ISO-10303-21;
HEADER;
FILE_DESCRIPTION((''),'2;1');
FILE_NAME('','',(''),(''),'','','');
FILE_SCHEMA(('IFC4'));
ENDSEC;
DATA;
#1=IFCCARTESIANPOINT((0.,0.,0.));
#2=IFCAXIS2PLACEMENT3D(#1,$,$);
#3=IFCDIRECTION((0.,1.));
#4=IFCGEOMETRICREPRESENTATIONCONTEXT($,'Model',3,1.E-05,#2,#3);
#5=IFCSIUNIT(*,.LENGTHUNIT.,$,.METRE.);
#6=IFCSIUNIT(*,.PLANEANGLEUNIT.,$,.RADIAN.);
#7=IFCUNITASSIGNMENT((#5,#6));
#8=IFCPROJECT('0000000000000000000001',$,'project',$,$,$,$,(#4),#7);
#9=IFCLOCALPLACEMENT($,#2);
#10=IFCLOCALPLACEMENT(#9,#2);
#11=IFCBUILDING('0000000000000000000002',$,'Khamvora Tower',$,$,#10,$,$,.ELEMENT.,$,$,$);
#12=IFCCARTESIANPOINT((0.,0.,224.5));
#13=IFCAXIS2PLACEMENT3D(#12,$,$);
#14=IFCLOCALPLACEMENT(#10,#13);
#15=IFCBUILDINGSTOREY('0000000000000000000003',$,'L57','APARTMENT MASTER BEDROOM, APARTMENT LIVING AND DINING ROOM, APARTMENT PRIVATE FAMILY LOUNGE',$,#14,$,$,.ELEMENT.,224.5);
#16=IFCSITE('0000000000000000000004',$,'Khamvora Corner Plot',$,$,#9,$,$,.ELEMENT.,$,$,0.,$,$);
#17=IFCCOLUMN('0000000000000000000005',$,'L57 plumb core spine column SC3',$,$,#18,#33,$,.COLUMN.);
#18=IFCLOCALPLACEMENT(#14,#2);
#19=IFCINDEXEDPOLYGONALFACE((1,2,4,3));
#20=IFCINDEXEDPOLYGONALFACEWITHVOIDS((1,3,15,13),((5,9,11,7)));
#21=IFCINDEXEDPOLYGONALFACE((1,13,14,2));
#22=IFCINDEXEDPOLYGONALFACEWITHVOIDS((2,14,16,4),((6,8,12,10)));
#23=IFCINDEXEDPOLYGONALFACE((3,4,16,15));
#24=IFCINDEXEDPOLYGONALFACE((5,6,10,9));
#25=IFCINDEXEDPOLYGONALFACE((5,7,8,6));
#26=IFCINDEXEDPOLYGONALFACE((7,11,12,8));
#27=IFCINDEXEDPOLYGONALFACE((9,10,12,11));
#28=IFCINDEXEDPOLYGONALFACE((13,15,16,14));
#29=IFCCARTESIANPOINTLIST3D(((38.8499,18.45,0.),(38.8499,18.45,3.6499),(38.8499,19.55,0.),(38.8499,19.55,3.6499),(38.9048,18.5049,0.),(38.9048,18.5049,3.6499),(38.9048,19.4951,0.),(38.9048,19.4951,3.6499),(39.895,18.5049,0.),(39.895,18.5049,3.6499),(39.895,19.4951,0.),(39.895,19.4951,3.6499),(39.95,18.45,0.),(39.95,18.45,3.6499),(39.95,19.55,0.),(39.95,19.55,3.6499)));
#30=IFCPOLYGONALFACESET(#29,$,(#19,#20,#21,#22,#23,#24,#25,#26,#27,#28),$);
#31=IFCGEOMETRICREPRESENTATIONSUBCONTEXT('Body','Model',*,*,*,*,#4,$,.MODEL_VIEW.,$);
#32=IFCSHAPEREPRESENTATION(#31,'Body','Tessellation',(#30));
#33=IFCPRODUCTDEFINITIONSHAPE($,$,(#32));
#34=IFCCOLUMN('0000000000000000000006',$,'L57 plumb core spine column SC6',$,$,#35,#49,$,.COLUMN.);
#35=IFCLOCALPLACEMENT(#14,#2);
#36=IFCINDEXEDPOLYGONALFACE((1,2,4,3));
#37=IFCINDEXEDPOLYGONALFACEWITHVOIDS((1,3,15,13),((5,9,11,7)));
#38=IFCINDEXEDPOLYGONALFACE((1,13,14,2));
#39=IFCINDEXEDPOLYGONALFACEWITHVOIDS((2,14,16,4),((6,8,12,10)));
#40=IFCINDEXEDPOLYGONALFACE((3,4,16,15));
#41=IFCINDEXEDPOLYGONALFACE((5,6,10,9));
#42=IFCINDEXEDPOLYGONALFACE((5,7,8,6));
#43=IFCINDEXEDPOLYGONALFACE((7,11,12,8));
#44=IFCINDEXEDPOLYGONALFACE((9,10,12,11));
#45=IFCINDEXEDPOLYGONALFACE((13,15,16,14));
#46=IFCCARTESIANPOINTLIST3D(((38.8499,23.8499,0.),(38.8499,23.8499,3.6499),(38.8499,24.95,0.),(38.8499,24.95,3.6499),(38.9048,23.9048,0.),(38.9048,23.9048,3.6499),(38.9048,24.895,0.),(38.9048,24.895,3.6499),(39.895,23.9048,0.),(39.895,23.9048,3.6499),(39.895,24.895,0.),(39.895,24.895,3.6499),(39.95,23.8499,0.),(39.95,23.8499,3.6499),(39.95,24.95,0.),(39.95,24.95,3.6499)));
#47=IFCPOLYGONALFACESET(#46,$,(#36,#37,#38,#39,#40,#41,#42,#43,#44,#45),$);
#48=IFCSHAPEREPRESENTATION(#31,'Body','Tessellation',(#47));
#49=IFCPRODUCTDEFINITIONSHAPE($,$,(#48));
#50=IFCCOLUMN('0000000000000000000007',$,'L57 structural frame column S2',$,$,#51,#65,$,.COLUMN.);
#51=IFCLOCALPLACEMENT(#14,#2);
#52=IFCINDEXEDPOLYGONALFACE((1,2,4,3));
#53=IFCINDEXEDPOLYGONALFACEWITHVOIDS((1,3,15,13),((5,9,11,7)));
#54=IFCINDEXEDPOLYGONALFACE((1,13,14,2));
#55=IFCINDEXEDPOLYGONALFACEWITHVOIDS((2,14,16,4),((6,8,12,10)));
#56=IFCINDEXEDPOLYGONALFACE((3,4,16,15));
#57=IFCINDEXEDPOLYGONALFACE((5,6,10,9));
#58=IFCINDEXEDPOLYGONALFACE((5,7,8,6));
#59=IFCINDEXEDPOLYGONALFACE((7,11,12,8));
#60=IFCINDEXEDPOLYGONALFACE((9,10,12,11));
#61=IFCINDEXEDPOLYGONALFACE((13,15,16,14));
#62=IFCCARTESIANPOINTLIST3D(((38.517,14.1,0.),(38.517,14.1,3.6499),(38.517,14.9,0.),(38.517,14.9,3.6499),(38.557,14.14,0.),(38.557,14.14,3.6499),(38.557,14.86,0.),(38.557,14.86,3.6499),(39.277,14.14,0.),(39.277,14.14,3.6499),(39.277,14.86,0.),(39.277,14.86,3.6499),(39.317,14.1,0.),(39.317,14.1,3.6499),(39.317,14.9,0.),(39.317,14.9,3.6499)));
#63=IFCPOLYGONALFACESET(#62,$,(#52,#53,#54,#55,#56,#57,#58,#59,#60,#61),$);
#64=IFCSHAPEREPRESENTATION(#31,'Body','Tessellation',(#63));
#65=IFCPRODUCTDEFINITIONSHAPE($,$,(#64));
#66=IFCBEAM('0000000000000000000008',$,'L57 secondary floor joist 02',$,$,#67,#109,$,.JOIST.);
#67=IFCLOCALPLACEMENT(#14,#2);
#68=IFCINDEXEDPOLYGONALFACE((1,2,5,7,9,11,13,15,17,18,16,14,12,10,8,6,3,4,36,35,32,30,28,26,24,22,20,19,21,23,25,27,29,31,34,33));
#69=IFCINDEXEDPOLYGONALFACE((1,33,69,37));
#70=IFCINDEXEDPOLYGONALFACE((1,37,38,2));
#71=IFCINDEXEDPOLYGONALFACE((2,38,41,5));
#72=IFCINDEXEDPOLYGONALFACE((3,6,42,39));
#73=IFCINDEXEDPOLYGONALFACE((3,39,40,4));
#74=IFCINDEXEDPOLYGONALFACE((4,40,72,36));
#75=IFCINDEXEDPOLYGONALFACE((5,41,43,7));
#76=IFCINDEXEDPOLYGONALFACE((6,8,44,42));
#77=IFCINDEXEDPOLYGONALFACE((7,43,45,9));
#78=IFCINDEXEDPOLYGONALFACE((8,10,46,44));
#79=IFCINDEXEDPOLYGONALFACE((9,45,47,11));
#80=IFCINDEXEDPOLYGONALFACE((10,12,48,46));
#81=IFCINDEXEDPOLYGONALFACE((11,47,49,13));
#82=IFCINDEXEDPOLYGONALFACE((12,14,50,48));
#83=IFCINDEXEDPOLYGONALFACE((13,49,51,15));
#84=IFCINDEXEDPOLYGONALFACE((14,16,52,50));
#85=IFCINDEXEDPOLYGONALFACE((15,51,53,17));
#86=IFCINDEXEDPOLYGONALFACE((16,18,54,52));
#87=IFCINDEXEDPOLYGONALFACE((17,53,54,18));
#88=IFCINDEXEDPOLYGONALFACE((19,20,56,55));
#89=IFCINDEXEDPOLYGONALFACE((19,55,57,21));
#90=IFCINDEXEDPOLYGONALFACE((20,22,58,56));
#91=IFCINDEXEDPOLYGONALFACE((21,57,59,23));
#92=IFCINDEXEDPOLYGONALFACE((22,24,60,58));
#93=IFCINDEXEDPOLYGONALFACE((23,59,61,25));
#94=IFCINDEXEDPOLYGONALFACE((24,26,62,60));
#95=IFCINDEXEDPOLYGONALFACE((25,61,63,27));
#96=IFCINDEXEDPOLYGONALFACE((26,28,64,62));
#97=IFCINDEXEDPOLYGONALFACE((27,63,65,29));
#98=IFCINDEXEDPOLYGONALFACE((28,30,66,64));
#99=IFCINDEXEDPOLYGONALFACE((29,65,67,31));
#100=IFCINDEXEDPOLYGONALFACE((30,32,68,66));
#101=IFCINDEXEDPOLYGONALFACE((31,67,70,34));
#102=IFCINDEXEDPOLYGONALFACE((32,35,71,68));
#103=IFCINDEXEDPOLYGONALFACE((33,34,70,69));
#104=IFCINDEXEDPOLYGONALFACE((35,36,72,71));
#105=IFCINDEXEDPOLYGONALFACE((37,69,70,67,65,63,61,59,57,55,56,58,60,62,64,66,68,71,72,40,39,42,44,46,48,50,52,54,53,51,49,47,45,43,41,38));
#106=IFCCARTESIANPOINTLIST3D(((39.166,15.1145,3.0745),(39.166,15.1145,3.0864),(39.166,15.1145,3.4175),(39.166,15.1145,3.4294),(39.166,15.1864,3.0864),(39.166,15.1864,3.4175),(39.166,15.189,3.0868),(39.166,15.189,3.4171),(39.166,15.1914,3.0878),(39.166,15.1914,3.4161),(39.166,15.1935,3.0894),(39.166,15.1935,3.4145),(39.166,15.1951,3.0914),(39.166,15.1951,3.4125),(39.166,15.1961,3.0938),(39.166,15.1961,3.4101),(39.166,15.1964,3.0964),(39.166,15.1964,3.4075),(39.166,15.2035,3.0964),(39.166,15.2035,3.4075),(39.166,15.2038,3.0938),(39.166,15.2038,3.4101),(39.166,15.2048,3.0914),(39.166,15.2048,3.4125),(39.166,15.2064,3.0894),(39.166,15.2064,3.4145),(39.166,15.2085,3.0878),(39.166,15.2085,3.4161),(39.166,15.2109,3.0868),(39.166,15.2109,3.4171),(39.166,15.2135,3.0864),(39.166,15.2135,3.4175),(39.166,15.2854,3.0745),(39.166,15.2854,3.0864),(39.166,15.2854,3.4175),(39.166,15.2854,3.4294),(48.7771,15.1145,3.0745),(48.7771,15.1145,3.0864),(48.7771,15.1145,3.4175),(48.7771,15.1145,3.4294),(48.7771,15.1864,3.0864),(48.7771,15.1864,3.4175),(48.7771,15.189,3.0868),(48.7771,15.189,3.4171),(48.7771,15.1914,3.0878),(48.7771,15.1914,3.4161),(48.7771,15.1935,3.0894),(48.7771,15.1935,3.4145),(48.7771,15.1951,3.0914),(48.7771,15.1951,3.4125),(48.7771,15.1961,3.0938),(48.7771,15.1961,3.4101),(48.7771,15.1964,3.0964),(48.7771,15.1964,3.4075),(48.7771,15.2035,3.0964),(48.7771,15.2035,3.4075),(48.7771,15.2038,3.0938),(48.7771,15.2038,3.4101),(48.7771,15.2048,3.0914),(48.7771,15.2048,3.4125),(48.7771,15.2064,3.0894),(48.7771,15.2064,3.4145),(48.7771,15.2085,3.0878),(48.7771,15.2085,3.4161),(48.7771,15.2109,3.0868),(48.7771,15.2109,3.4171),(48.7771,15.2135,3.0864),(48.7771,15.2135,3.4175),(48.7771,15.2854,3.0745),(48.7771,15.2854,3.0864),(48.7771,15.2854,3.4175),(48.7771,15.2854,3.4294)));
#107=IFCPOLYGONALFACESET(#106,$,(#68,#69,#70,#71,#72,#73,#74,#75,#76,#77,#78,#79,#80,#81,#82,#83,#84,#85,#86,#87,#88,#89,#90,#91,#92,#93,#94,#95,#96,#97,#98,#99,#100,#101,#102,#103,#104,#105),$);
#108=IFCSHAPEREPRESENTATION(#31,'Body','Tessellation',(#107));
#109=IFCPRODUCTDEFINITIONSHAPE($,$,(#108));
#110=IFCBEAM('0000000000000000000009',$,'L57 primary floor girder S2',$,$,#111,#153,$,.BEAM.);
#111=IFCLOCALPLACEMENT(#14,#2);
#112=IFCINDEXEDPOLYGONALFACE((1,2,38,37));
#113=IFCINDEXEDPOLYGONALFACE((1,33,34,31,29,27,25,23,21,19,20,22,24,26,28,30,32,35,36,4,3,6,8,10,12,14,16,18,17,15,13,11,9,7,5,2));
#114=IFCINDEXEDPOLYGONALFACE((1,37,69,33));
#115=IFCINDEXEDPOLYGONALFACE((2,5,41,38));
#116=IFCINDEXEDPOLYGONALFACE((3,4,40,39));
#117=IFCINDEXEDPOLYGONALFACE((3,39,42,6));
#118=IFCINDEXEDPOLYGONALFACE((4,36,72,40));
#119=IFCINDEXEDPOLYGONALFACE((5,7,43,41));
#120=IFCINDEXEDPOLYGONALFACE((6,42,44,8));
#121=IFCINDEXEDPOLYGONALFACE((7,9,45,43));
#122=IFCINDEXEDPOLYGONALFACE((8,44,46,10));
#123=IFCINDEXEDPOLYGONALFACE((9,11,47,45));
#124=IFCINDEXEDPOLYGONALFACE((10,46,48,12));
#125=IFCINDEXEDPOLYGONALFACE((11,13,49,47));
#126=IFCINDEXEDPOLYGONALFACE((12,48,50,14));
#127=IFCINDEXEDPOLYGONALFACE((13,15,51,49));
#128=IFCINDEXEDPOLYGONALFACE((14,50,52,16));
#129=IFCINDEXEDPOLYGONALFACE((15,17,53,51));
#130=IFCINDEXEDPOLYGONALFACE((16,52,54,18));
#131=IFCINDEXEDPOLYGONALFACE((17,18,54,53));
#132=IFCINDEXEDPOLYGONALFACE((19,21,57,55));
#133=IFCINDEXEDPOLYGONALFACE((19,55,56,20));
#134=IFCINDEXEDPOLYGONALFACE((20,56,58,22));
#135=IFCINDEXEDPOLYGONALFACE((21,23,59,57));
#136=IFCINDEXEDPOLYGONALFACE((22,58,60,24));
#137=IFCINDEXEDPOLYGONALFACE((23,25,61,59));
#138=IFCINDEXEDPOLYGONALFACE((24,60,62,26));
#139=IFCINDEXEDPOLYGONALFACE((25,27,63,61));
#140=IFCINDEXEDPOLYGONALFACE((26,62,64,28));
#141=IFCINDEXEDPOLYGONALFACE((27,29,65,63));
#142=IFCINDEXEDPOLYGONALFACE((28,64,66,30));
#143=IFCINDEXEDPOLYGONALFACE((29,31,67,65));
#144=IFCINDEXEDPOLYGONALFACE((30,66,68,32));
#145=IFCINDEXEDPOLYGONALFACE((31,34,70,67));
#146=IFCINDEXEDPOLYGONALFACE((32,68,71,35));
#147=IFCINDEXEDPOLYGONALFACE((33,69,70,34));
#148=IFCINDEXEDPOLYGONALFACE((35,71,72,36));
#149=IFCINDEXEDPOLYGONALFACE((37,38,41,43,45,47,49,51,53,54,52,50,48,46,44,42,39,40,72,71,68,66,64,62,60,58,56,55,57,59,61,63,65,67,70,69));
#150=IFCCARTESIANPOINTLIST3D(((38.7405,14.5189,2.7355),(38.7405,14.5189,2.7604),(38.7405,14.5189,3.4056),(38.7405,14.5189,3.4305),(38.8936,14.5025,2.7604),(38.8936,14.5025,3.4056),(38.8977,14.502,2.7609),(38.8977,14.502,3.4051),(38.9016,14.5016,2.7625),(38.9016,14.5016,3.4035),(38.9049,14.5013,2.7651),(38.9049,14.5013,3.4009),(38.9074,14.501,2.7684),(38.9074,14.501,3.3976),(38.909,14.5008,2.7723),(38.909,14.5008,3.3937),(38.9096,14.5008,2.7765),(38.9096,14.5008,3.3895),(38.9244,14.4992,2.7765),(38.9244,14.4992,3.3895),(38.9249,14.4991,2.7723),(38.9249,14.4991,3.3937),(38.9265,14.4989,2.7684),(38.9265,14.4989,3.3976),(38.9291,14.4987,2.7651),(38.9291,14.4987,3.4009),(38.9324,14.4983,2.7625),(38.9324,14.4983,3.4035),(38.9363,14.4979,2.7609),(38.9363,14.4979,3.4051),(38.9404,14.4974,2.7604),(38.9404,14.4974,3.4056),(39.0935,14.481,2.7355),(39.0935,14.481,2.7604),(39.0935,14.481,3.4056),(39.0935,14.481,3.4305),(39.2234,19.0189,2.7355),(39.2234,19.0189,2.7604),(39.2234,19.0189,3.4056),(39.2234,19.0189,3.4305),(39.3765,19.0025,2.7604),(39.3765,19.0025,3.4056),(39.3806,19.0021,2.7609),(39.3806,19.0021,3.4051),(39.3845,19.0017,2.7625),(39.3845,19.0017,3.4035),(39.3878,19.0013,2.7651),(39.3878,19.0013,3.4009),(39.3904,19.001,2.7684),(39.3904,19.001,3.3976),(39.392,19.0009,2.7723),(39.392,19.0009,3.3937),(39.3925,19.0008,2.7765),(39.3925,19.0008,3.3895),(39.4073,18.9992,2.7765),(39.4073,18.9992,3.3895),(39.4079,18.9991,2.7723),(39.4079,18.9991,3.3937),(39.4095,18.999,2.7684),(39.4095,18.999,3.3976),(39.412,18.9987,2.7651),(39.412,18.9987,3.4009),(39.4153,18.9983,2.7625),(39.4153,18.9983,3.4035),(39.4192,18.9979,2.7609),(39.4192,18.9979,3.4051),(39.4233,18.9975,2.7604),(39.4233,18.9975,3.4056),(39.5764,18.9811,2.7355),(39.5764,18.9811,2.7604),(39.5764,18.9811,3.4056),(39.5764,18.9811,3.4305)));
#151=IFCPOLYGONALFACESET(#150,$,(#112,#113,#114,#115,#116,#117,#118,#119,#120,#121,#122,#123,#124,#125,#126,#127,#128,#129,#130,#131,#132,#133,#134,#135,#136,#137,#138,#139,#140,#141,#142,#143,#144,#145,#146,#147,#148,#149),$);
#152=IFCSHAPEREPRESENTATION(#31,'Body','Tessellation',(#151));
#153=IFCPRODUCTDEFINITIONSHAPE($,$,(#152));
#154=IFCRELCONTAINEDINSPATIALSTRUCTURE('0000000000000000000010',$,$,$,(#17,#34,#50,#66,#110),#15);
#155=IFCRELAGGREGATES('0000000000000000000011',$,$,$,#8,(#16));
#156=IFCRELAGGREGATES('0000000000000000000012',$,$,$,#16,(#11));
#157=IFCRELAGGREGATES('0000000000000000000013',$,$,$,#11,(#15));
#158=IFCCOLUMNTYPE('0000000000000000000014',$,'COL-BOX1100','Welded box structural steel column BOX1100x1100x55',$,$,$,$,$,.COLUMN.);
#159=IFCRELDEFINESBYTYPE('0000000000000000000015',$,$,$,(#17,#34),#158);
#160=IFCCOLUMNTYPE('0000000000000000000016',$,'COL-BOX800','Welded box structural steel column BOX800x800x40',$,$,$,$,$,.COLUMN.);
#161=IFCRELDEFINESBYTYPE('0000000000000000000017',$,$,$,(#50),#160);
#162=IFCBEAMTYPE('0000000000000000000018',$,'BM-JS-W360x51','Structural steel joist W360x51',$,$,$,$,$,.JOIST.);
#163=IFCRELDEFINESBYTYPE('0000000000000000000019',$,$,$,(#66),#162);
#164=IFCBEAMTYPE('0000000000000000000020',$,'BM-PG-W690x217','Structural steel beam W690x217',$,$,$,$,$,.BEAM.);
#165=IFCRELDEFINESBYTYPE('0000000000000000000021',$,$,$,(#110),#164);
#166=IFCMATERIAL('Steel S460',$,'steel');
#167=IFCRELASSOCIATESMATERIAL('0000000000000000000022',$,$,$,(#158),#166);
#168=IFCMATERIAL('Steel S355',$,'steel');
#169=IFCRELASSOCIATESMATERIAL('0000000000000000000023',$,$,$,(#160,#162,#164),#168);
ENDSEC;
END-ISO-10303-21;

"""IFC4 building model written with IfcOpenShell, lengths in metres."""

from ifc_helpers import new_model, si_unit, direction, frame, origin, origin_2d, place, context, subcontext, project, spatial, hollow_rectangle, i_section, extrude, material, material_profile, profile_set, type_object, element, save


model = new_model("IFC4")

# Units and contexts
model_context = context("Model", 3, precision=1e-05, world=origin(), true_north=direction((0.0, 1.0)))
body_context = subcontext(model_context, "Body", "Model", "MODEL_VIEW")
ifc_project = project(units=[si_unit("LENGTHUNIT", "METRE"), si_unit("PLANEANGLEUNIT", "RADIAN")], contexts=[model_context])

# Site, building, storey
site_placement = place(None, origin())
site = spatial("IfcSite", under=ifc_project, at=site_placement, Name="Khamvora Corner Plot", CompositionType="ELEMENT", RefElevation=0.0)
building_placement = place(site_placement, origin())
building = spatial("IfcBuilding", under=site, at=building_placement, Name="Khamvora Tower", CompositionType="ELEMENT")
storey_placement = place(building_placement, frame((0.0, 0.0, 224.5)))
storey = spatial("IfcBuildingStorey", under=building, at=storey_placement, Name="L57", Description="APARTMENT MASTER BEDROOM, APARTMENT LIVING AND DINING ROOM, APARTMENT PRIVATE FAMILY LOUNGE", CompositionType="ELEMENT", Elevation=224.5)

# Columns
ifc_material_1 = material(Name="Steel S460", Category="steel")
ifc_material_profile_1 = material_profile(ifc_material_1, hollow_rectangle(XDim=1.1001, YDim=1.1001, WallThickness=0.0549, at=origin_2d()), Name="BOX1100x1100x55")
ifc_profile_set_1 = profile_set([ifc_material_profile_1], Name="Steel S460")
column_type_1 = type_object("IfcColumnType", Name="COL-BOX1100", Description="Welded box structural steel column BOX1100x1100x55", PredefinedType="COLUMN", material=ifc_profile_set_1)
for number, where, z_axis, x_axis, name in (
    (1, (39.3999, 19.0, 0.0), (0.0, 0.0, 1.0), (1.0, 0.0, 0.0), "L57 plumb core spine column SC3"),
    (2, (39.3999, 24.3999, 0.0), (0.0, 0.0, 1.0), (1.0, 0.0, 0.0), "L57 plumb core spine column SC6"),
):
    element("IfcColumn", number, at=place(storey_placement, frame(where, z_axis=z_axis, x_axis=x_axis)), inside=storey, type_object=column_type_1, Name=name, PredefinedType="COLUMN", context=body_context, shape_type="SweptSolid", body=[
        extrude(hollow_rectangle(XDim=1.1001, YDim=1.1001, WallThickness=0.0549, at=origin_2d()), origin(), (0.0, 0.0, 1.0), 3.6499),
    ])
ifc_material_2 = material(Name="Steel S355", Category="steel")
ifc_material_profile_2 = material_profile(ifc_material_2, hollow_rectangle(XDim=0.8, YDim=0.8, WallThickness=0.04, at=origin_2d()), Name="BOX800x800x40")
ifc_profile_set_2 = profile_set([ifc_material_profile_2], Name="Steel S355")
column_type_2 = type_object("IfcColumnType", Name="COL-BOX800", Description="Welded box structural steel column BOX800x800x40", PredefinedType="COLUMN", material=ifc_profile_set_2)
column_placement = place(storey_placement, frame((38.917, 14.5, 0.0), z_axis=(0.0, 0.0, 1.0), x_axis=(1.0, 0.0, 0.0)))
element("IfcColumn", 3, at=column_placement, inside=storey, type_object=column_type_2, Name="L57 structural frame column S2", PredefinedType="COLUMN", context=body_context, shape_type="SweptSolid", body=[
    extrude(hollow_rectangle(XDim=0.8, YDim=0.8, WallThickness=0.04, at=origin_2d()), origin(), (0.0, 0.0, 1.0), 3.6499),
])

# Beams
ifc_material_profile_3 = material_profile(ifc_material_2, i_section(OverallWidth=0.1709, OverallDepth=0.355, WebThickness=0.0071, FlangeThickness=0.012, FilletRadius=0.01, at=origin_2d()), Name="W360x51")
ifc_profile_set_3 = profile_set([ifc_material_profile_3], Name="Steel S355")
beam_type_1 = type_object("IfcBeamType", Name="BM-JS-W360x51", Description="Structural steel joist W360x51", PredefinedType="JOIST", material=ifc_profile_set_3)
beam_1_placement = place(storey_placement, frame((39.166, 15.2, 3.252), z_axis=(1.0, 0.0, 0.0), x_axis=(0.0, 1.0, 0.0)))
element("IfcBeam", 4, at=beam_1_placement, inside=storey, type_object=beam_type_1, Name="L57 secondary floor joist 02", PredefinedType="JOIST", context=body_context, shape_type="SweptSolid", body=[
    extrude(i_section(OverallWidth=0.1709, OverallDepth=0.355, WebThickness=0.0071, FlangeThickness=0.012, FilletRadius=0.01, at=origin_2d()), origin(), (0.0, 0.0, 1.0), 9.6111),
])
ifc_material_profile_4 = material_profile(ifc_material_2, i_section(OverallWidth=0.355, OverallDepth=0.6951, WebThickness=0.0149, FlangeThickness=0.0249, FilletRadius=0.0161, at=origin_2d()), Name="W690x217")
ifc_profile_set_4 = profile_set([ifc_material_profile_4], Name="Steel S355")
beam_type_2 = type_object("IfcBeamType", Name="BM-PG-W690x217", Description="Structural steel beam W690x217", PredefinedType="BEAM", material=ifc_profile_set_4)
beam_2_placement = place(storey_placement, frame((39.3999, 19.0, 3.083), z_axis=(-0.106701, -0.994291, 0.0), x_axis=(0.994291, -0.106701, 0.0)))
element("IfcBeam", 5, at=beam_2_placement, inside=storey, type_object=beam_type_2, Name="L57 primary floor girder S2", PredefinedType="BEAM", context=body_context, shape_type="SweptSolid", body=[
    extrude(i_section(OverallWidth=0.355, OverallDepth=0.6951, WebThickness=0.0149, FlangeThickness=0.0249, FilletRadius=0.0161, at=origin_2d()), origin(), (0.0, 0.0, 1.0), 4.5259),
])

save(model, "model.ifc")
